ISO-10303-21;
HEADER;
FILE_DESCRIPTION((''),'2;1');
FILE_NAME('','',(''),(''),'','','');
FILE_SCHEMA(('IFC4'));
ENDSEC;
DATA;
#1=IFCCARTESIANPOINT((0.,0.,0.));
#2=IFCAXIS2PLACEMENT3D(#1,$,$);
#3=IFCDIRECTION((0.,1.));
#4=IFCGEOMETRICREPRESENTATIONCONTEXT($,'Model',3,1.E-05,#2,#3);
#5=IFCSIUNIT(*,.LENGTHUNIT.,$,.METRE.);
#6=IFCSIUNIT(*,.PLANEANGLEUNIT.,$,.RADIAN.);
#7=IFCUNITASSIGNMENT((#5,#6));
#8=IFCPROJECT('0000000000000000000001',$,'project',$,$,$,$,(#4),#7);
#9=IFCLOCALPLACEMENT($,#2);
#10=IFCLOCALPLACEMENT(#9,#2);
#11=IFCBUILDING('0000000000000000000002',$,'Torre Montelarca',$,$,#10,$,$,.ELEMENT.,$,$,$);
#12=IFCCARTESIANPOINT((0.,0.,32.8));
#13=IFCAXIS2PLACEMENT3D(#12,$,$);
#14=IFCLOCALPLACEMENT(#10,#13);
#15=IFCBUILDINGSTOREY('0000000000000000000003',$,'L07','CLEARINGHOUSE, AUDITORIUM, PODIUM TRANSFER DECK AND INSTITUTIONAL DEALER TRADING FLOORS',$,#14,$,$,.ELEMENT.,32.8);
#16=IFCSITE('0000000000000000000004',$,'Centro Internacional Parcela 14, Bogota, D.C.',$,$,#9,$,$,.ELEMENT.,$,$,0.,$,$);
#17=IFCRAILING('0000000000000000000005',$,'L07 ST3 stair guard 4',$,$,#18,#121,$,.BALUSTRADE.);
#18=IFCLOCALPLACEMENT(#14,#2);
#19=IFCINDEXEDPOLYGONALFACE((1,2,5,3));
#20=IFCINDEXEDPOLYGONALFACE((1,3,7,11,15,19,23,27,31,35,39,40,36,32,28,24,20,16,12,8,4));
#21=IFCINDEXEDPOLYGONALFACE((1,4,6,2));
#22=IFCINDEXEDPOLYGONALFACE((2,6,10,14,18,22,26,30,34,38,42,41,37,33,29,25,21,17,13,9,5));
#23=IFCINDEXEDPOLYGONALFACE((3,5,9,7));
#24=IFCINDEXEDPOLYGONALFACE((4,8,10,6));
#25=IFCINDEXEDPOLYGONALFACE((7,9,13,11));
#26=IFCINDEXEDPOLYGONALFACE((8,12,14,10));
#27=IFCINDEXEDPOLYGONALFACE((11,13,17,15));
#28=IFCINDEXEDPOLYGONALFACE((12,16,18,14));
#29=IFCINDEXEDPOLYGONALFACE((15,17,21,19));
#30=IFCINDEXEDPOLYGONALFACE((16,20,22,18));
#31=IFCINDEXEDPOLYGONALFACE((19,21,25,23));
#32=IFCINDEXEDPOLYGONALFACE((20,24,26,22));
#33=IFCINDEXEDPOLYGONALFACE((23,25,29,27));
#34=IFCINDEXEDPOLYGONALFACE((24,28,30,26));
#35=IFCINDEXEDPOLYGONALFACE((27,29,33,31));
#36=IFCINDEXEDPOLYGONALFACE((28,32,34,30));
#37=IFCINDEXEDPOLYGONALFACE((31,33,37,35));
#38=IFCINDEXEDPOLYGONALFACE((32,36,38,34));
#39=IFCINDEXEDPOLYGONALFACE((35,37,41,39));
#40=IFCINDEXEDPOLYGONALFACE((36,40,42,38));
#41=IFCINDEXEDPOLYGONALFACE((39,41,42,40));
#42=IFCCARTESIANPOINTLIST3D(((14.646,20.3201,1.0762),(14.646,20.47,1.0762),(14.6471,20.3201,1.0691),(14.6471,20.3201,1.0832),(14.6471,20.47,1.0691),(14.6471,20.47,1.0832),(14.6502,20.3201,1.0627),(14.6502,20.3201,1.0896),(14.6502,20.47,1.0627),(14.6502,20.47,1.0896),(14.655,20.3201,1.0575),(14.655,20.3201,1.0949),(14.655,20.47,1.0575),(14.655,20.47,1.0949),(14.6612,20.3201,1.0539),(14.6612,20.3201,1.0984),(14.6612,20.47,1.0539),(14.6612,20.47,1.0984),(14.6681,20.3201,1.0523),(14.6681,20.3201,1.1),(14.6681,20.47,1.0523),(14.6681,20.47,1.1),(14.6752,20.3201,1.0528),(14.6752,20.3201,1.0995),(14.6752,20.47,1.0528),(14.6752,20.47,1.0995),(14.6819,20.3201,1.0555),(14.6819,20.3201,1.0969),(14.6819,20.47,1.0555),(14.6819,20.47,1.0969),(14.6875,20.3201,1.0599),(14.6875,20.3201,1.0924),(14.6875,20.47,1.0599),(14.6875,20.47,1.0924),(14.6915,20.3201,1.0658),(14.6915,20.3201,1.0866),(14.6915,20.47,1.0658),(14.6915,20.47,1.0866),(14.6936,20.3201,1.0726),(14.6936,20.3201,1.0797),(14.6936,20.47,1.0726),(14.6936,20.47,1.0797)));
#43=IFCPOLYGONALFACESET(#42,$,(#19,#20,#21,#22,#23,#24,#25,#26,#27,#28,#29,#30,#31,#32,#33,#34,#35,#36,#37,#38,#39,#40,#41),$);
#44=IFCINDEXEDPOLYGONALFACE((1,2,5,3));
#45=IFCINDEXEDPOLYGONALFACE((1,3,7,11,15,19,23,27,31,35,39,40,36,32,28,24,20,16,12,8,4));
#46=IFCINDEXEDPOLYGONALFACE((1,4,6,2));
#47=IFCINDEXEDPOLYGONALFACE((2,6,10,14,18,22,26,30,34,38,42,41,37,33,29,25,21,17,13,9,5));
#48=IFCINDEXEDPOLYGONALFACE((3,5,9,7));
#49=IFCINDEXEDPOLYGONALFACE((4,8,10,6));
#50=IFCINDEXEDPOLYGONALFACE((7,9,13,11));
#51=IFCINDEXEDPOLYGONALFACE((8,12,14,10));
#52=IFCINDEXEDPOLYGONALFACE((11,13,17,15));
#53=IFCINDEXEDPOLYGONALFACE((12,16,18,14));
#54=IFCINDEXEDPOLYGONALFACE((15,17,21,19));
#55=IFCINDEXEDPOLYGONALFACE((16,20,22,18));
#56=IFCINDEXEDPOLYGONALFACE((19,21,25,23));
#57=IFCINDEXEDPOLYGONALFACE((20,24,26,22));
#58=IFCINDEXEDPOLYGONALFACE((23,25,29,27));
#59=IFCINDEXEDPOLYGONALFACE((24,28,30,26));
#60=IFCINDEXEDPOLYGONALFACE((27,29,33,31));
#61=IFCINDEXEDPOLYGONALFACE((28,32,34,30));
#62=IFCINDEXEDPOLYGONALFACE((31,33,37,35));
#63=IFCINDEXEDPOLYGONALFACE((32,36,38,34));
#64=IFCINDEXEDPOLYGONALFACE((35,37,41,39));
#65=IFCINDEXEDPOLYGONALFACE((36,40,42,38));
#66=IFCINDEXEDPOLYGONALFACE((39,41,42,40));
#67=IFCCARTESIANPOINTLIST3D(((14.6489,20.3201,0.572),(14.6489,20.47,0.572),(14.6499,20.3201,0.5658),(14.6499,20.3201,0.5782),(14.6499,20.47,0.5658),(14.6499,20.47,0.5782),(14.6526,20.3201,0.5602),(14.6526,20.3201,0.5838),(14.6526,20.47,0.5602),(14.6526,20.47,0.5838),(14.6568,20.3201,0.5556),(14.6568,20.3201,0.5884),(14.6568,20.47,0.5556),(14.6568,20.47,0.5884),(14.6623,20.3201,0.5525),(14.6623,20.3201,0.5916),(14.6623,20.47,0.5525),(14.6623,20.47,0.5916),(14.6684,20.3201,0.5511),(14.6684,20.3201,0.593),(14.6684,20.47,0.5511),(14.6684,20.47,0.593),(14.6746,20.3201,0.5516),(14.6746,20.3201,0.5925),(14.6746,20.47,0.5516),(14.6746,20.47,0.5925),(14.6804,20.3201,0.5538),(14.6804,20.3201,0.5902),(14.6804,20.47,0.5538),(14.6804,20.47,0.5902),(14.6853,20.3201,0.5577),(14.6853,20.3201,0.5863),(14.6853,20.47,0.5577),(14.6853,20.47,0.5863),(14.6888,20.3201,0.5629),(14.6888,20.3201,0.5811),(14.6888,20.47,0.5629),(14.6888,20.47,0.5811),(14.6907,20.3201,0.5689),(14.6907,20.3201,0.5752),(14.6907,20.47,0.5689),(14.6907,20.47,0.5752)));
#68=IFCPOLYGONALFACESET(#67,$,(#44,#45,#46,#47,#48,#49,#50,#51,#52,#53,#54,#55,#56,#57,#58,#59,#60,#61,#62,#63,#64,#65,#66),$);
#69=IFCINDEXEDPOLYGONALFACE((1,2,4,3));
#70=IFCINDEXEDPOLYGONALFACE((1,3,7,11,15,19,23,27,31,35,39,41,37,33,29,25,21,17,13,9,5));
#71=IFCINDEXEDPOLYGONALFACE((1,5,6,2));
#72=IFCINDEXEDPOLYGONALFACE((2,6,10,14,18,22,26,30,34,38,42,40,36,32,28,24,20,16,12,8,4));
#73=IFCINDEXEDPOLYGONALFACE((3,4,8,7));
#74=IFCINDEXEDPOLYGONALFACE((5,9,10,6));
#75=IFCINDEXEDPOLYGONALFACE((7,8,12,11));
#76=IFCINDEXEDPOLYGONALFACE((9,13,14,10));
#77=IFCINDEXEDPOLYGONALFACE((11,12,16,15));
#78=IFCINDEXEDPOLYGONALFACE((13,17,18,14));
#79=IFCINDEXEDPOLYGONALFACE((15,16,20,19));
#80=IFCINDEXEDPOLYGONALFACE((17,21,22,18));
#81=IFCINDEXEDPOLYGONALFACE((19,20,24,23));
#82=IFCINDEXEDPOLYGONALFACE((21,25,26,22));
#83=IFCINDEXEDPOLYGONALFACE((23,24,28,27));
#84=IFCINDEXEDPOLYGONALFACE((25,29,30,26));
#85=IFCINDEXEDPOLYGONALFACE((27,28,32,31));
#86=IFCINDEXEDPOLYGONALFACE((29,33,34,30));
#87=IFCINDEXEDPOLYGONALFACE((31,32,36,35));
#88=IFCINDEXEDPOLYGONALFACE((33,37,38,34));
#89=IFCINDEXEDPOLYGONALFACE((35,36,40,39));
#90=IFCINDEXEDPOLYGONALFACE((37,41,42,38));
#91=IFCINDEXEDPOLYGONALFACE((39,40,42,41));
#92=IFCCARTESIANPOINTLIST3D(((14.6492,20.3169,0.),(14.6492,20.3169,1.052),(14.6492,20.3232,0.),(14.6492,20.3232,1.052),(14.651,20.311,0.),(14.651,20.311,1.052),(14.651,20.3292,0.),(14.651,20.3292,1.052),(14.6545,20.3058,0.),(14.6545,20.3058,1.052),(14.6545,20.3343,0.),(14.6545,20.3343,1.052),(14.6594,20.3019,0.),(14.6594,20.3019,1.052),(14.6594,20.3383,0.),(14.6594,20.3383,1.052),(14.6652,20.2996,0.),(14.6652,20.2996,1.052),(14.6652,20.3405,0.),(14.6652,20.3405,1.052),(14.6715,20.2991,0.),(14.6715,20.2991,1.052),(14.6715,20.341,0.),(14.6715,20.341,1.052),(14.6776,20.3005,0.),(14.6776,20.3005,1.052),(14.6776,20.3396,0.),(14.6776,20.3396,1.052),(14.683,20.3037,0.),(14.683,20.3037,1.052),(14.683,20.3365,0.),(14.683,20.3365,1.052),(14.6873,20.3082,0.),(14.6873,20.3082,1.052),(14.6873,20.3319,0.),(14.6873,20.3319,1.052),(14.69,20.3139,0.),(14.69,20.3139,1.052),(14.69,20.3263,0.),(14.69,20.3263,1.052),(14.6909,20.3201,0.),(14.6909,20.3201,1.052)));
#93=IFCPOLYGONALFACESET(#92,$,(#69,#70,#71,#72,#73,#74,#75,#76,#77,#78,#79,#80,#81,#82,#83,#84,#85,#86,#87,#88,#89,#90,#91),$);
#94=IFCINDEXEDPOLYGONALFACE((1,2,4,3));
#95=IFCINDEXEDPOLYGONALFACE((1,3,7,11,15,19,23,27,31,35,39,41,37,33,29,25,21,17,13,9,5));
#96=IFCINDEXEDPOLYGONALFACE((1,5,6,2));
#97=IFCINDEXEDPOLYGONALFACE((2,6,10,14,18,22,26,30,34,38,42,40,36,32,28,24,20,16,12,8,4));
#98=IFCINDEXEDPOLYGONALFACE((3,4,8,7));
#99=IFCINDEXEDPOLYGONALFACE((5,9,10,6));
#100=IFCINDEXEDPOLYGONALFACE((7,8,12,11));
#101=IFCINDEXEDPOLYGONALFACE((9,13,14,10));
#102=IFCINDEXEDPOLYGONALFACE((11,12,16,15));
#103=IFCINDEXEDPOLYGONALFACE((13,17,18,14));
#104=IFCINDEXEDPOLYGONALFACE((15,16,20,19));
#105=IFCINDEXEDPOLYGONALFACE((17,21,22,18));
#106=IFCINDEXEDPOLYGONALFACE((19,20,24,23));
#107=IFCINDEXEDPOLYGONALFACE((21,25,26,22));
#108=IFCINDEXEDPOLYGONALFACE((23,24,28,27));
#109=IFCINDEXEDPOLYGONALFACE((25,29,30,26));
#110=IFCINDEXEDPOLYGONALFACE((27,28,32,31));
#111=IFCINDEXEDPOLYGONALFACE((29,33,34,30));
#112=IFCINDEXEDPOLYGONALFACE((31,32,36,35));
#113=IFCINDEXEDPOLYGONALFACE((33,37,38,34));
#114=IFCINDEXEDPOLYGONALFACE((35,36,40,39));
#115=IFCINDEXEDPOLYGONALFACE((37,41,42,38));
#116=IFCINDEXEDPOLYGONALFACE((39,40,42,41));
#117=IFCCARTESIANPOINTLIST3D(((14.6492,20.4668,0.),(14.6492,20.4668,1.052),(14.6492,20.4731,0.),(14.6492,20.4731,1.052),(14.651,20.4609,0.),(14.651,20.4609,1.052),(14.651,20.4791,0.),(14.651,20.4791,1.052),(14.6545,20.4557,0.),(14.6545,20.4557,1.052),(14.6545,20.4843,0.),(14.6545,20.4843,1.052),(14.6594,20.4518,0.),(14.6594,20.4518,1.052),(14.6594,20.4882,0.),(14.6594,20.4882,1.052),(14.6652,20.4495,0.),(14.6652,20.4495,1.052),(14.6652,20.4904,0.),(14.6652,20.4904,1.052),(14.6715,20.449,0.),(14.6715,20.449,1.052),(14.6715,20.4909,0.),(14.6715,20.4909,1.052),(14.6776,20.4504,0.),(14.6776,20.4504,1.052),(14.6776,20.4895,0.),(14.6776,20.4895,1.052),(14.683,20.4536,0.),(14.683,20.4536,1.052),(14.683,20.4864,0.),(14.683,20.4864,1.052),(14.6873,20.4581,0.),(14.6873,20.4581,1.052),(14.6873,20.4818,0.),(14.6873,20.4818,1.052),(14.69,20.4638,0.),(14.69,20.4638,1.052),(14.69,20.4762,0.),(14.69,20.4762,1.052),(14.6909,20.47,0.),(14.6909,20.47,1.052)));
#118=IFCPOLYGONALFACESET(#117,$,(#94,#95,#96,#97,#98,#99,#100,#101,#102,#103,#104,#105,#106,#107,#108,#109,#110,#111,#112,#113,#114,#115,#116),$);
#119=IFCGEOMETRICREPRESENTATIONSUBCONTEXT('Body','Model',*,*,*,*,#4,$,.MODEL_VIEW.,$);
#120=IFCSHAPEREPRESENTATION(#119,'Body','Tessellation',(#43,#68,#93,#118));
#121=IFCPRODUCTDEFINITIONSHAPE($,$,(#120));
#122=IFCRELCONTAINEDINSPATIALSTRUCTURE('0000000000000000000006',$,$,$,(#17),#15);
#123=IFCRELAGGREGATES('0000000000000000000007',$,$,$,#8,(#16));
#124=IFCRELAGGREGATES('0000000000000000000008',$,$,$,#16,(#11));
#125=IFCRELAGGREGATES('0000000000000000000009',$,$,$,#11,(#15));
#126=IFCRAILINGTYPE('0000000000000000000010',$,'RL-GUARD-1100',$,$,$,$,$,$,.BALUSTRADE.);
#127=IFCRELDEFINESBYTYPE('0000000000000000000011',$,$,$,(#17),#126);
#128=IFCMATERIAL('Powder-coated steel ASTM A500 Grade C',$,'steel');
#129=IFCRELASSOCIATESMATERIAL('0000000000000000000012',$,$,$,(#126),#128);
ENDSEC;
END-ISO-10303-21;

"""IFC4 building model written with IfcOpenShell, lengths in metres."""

from ifc_helpers import new_model, si_unit, direction, frame, origin, origin_2d, place, context, subcontext, project, spatial, circle, extrude, material, type_object, element, save


model = new_model("IFC4")

# Units and contexts
model_context = context("Model", 3, precision=1e-05, world=origin(), true_north=direction((0.0, 1.0)))
body_context = subcontext(model_context, "Body", "Model", "MODEL_VIEW")
ifc_project = project(units=[si_unit("LENGTHUNIT", "METRE"), si_unit("PLANEANGLEUNIT", "RADIAN")], contexts=[model_context])

# Site, building, storey
site_placement = place(None, origin())
site = spatial("IfcSite", under=ifc_project, at=site_placement, Name="Centro Internacional Parcela 14, Bogota, D.C.", CompositionType="ELEMENT", RefElevation=0.0)
building_placement = place(site_placement, origin())
building = spatial("IfcBuilding", under=site, at=building_placement, Name="Torre Montelarca", CompositionType="ELEMENT")
storey_placement = place(building_placement, frame((0.0, 0.0, 32.8)))
storey = spatial("IfcBuildingStorey", under=building, at=storey_placement, Name="L07", Description="CLEARINGHOUSE, AUDITORIUM, PODIUM TRANSFER DECK AND INSTITUTIONAL DEALER TRADING FLOORS", CompositionType="ELEMENT", Elevation=32.8)

# Railing
ifc_material_1 = material(Name="Powder-coated steel ASTM A500 Grade C", Category="steel")
railing_type_1 = type_object("IfcRailingType", Name="RL-GUARD-1100", PredefinedType="BALUSTRADE", material=ifc_material_1)
railing_1_placement = place(storey_placement, frame((14.6699, 20.3201, 0.0)))
element("IfcRailing", 1, at=railing_1_placement, inside=storey, type_object=railing_type_1, Name="L07 ST3 stair guard 4", PredefinedType="BALUSTRADE", context=body_context, shape_type="SweptSolid", body=[
    extrude(circle(Radius=0.0239, at=origin_2d()), frame((0.0, 0.0, 1.0762), z_axis=(0.0, 1.0, 0.0), x_axis=(-1.0, 0.0, 0.0)), (0.0, 0.0, 1.0), 0.1499),
    extrude(circle(Radius=0.021, at=origin_2d()), frame((0.0, 0.0, 0.572), z_axis=(0.0, 1.0, 0.0), x_axis=(-1.0, 0.0, 0.0)), (0.0, 0.0, 1.0), 0.1499),
    extrude(circle(Radius=0.021, at=origin_2d()), origin(), (0.0, 0.0, 1.0), 1.052),
    extrude(circle(Radius=0.021, at=origin_2d()), frame((0.0, 0.1499, 0.0)), (0.0, 0.0, 1.0), 1.052),
])

save(model, "model.ifc")
